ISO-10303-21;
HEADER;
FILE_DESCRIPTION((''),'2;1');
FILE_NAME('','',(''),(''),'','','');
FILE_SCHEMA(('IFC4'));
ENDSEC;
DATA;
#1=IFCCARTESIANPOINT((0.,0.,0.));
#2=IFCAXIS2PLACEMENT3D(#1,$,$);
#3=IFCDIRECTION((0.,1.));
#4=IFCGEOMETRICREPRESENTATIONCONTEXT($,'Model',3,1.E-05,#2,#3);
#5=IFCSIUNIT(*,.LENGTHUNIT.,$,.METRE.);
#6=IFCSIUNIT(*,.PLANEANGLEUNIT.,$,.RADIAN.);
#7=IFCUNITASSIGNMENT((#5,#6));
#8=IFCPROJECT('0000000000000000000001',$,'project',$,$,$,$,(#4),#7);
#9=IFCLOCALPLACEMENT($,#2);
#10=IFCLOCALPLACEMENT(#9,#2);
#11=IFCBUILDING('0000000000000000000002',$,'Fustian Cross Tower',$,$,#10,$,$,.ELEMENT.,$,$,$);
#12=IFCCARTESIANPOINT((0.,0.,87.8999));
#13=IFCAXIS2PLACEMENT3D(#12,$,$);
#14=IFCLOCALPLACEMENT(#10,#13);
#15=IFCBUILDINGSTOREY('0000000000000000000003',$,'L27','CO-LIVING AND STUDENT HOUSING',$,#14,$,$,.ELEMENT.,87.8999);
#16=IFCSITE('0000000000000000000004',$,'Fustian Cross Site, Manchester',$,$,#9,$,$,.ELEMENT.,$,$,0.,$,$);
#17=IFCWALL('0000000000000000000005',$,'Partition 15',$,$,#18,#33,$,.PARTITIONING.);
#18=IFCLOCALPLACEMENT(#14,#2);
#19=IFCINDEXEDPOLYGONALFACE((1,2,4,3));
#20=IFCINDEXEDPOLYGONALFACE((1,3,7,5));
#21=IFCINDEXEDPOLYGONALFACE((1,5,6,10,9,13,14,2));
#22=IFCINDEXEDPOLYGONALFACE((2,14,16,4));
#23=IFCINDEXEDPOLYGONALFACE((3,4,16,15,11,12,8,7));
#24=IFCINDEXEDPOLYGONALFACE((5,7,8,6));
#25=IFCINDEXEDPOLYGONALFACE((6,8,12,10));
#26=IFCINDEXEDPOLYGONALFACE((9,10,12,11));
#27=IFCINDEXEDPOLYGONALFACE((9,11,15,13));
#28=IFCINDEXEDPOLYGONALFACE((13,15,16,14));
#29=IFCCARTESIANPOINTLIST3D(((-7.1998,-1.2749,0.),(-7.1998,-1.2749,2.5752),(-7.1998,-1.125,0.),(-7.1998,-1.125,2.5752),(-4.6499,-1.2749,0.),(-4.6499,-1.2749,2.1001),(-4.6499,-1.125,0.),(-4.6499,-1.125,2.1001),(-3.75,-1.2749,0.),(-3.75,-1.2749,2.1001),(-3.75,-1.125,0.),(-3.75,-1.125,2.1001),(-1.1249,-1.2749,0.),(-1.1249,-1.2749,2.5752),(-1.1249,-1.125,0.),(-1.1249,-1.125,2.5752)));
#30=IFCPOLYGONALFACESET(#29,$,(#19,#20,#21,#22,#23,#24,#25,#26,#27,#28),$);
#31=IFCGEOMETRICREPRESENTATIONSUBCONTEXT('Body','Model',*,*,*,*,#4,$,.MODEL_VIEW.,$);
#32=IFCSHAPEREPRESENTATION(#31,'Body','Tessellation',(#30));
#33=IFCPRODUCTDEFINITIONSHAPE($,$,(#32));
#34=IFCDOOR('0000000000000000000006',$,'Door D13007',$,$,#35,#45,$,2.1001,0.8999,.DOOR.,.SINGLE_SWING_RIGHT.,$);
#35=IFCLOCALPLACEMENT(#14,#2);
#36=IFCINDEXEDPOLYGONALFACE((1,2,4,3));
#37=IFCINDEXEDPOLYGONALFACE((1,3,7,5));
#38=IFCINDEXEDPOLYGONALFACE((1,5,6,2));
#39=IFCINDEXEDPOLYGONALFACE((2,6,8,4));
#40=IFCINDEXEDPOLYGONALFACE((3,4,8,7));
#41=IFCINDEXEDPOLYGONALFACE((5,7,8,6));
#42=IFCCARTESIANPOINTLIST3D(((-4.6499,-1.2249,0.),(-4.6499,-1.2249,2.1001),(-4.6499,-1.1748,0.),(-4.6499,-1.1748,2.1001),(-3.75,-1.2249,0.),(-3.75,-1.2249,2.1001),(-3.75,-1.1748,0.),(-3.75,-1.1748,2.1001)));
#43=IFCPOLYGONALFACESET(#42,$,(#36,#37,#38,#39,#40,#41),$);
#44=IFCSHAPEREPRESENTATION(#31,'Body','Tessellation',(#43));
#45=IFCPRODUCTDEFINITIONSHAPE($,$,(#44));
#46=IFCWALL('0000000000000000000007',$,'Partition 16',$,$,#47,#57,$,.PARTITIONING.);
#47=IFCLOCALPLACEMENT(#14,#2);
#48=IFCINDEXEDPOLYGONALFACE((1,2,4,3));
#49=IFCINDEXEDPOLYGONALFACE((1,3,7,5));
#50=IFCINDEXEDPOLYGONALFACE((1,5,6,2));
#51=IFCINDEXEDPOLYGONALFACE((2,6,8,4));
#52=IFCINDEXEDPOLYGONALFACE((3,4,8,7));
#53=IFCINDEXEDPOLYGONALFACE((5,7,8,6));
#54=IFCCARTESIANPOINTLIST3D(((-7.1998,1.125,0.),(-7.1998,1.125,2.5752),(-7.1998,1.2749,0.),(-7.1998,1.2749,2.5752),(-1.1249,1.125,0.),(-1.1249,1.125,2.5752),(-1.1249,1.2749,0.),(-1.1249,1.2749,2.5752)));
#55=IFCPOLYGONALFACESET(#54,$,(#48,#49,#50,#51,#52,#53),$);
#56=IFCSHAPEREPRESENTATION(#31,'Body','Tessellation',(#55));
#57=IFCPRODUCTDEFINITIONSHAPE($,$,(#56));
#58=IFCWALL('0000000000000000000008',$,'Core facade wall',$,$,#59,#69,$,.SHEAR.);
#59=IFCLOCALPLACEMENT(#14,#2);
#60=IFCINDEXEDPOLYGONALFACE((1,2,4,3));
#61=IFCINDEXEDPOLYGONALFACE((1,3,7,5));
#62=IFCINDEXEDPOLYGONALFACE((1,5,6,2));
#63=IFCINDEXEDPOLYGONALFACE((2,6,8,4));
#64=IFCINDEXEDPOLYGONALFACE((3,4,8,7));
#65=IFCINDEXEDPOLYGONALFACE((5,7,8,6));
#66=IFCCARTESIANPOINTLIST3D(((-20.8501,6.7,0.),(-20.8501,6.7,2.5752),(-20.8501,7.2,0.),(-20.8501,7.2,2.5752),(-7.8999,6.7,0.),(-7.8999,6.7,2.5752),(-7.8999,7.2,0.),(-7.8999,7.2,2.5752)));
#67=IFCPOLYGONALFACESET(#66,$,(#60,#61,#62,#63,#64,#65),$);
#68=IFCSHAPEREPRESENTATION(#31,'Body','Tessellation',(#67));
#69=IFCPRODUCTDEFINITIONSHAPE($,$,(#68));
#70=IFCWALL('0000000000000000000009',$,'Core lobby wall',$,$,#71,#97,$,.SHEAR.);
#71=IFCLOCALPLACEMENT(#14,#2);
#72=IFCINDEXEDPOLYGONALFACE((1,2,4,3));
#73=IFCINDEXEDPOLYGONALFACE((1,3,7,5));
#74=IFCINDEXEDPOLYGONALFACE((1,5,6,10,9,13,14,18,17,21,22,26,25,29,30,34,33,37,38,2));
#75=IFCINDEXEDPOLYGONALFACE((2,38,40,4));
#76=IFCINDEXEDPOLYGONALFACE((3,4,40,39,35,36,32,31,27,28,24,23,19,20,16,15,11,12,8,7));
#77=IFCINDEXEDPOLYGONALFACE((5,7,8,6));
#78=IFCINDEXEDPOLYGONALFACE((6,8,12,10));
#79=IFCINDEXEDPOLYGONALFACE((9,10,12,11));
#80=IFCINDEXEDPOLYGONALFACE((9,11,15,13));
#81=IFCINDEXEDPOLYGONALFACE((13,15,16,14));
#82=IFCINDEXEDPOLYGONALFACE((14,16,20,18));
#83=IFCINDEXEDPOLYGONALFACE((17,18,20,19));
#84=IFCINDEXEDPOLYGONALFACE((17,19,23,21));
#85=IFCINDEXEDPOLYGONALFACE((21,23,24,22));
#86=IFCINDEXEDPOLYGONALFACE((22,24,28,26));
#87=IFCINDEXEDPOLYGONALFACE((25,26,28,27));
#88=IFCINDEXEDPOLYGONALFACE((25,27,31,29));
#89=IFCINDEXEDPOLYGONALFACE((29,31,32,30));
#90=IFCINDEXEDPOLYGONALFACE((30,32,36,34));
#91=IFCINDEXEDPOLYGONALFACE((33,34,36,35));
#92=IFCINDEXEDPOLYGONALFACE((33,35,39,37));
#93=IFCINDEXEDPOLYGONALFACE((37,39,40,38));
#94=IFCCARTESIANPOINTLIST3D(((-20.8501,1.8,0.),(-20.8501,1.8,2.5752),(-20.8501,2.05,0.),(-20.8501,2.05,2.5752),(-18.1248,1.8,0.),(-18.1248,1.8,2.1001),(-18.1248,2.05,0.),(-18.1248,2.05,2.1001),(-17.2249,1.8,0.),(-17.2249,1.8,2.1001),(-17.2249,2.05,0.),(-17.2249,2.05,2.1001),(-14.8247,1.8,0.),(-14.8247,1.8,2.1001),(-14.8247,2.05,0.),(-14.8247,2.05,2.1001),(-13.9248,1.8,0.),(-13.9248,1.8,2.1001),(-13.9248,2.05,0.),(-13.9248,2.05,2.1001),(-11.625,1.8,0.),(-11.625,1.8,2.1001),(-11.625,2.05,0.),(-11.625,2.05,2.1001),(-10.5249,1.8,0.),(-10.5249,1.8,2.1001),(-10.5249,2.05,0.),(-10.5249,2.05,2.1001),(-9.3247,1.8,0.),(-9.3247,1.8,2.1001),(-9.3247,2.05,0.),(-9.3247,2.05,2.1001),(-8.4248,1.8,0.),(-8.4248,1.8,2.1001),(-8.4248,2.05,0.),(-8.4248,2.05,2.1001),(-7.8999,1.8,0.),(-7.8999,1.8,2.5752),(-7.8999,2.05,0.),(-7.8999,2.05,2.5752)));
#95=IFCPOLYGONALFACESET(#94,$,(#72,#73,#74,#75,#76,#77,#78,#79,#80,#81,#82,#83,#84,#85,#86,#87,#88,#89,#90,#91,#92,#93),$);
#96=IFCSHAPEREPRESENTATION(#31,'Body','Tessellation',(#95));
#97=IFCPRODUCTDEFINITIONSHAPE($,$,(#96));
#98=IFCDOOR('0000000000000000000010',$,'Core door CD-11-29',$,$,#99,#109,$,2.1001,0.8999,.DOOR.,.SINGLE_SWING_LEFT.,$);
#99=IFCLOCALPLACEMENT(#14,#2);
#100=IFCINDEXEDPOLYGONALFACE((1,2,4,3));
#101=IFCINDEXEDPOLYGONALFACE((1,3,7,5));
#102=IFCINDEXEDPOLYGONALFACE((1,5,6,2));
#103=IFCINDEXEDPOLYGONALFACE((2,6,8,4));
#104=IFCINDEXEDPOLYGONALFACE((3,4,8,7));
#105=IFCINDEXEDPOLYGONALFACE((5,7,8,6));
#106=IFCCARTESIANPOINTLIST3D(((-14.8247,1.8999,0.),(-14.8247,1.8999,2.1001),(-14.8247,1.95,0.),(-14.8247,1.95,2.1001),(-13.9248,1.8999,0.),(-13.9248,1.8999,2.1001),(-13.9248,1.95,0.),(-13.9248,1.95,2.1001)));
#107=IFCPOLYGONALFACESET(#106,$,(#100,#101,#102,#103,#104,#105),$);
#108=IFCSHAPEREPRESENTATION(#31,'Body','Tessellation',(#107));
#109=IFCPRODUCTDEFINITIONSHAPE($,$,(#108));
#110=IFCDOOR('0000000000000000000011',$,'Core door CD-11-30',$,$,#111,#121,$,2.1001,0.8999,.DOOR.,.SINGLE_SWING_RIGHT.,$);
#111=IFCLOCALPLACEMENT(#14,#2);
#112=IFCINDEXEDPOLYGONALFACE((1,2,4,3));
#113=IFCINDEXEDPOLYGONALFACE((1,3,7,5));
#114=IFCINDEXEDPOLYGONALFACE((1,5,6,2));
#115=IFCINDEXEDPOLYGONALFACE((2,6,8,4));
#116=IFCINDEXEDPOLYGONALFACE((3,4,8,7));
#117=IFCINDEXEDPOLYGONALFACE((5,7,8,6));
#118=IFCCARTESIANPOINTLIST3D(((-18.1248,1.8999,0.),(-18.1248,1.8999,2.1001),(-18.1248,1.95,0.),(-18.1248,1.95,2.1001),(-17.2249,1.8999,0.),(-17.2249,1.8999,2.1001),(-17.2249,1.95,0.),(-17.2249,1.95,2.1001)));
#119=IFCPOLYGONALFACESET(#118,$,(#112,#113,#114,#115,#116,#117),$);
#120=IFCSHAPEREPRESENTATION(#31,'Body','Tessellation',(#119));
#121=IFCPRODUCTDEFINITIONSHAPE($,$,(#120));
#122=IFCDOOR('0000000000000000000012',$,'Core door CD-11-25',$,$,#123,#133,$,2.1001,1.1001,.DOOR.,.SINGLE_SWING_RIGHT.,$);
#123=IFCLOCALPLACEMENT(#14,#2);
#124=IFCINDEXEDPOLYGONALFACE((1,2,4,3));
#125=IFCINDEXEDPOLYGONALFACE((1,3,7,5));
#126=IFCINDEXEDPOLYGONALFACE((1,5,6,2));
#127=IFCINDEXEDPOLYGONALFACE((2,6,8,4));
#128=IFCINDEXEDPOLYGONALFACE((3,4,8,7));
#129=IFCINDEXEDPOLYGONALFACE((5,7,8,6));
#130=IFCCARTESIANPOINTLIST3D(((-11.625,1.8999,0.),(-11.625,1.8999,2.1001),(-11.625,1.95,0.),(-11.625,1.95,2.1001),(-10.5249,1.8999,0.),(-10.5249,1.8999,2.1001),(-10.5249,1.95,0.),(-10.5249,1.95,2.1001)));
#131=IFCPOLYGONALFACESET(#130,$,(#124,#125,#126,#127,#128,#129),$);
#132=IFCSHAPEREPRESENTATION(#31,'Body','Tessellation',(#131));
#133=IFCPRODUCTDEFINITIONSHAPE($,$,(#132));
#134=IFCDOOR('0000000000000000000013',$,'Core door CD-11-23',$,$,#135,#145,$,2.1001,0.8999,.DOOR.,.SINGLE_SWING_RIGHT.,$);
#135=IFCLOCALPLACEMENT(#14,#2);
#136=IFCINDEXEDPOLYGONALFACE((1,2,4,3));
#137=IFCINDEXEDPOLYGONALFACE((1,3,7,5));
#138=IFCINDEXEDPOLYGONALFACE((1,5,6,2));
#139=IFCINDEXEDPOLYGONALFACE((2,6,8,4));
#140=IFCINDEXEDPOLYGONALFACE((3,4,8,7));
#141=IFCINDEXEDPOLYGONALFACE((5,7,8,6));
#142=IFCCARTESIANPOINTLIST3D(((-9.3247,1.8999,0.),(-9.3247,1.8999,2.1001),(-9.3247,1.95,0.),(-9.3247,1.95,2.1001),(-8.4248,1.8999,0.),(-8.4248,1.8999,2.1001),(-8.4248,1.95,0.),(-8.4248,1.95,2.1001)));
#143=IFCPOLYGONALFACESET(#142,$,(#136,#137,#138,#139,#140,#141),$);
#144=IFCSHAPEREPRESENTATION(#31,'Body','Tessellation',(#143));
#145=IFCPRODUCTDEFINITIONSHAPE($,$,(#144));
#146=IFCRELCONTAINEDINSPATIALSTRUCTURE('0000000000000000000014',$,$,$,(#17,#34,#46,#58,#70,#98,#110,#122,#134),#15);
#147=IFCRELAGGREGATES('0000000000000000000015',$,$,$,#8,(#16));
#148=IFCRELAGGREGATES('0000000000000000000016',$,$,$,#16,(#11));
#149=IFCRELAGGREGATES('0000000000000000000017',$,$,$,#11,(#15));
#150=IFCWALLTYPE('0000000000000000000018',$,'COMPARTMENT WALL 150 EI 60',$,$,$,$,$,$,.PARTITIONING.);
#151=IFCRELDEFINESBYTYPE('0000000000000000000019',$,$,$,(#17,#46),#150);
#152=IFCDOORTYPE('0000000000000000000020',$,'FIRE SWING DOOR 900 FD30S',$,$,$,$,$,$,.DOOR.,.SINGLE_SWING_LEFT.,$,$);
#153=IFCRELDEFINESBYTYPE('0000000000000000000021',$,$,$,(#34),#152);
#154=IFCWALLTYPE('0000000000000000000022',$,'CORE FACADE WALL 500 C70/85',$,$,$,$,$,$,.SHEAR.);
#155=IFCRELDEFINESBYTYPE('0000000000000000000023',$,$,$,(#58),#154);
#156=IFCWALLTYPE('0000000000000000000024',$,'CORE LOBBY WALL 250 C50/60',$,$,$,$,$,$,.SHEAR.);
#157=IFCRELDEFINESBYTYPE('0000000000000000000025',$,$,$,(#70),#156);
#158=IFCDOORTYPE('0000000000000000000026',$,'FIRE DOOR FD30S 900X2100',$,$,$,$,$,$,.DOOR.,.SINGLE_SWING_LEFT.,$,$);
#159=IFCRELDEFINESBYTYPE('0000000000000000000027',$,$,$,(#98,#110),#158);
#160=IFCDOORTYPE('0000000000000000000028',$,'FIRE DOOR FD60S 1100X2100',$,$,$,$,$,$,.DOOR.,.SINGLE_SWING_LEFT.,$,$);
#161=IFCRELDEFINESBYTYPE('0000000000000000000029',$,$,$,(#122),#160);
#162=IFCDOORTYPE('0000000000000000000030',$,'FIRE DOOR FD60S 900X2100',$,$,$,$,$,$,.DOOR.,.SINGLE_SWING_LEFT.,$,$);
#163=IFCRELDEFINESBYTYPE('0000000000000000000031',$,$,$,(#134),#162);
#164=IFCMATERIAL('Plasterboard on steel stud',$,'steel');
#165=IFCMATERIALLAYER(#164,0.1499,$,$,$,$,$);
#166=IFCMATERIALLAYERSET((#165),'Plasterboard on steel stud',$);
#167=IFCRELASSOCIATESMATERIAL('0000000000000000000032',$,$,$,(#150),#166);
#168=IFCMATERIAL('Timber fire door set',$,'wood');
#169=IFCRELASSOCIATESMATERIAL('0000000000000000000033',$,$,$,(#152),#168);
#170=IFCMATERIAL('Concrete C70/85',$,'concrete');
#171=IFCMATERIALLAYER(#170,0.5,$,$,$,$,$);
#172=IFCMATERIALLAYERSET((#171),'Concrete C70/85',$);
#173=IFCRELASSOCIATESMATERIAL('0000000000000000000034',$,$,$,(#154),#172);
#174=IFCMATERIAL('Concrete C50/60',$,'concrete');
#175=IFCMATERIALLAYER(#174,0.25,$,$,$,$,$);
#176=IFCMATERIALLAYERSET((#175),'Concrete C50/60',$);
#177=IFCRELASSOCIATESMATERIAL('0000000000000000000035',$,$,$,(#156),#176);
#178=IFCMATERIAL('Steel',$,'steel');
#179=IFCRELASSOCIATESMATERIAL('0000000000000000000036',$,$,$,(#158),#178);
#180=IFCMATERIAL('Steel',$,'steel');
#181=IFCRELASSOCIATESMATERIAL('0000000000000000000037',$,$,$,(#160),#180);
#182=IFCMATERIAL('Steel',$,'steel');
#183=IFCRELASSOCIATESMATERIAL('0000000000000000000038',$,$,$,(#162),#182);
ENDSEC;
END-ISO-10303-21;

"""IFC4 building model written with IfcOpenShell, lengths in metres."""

from ifc_helpers import new_model, si_unit, direction, frame, frame_2d, origin, place, context, subcontext, project, spatial, rectangle, extrude, material, layer, layer_set, type_object, element, fill, save


model = new_model("IFC4")

# Units and contexts
model_context = context("Model", 3, precision=1e-05, world=origin(), true_north=direction((0.0, 1.0)))
body_context = subcontext(model_context, "Body", "Model", "MODEL_VIEW")
ifc_project = project(units=[si_unit("LENGTHUNIT", "METRE"), si_unit("PLANEANGLEUNIT", "RADIAN")], contexts=[model_context])

# Site, building, storey
site_placement = place(None, origin())
site = spatial("IfcSite", under=ifc_project, at=site_placement, Name="Fustian Cross Site, Manchester", CompositionType="ELEMENT", RefElevation=0.0)
building_placement = place(site_placement, origin())
building = spatial("IfcBuilding", under=site, at=building_placement, Name="Fustian Cross Tower", CompositionType="ELEMENT")
storey_placement = place(building_placement, frame((0.0, 0.0, 87.8999)))
storey = spatial("IfcBuildingStorey", under=building, at=storey_placement, Name="L27", Description="CO-LIVING AND STUDENT HOUSING", CompositionType="ELEMENT", Elevation=87.8999)

# Wall, opening, door
ifc_material_1 = material(Name="Plasterboard on steel stud", Category="steel")
ifc_layer_1 = layer(ifc_material_1, 0.1499)
ifc_layer_set_1 = layer_set([ifc_layer_1], Name="Plasterboard on steel stud")
wall_type_1 = type_object("IfcWallType", Name="COMPARTMENT WALL 150 EI 60", PredefinedType="PARTITIONING", material=ifc_layer_set_1)
wall_1_placement = place(storey_placement, frame((-7.2, -1.2, 0.0), z_axis=(0.0, 0.0, 1.0), x_axis=(1.0, 0.0, 0.0)))
wall_1 = element("IfcWall", 1, at=wall_1_placement, inside=storey, type_object=wall_type_1, Name="Partition 15", PredefinedType="PARTITIONING", context=body_context, shape_type="SweptSolid", body=[
    extrude(rectangle(XDim=6.075, YDim=0.1499, at=frame_2d((3.0376, 0.0))), origin(), (0.0, 0.0, 1.0), 2.5752),
])
opening_1_placement = place(wall_1_placement, frame((2.55, 0.0, 0.0)))
opening_1 = element("IfcOpeningElement", 2, at=opening_1_placement, cuts=wall_1, PredefinedType="OPENING", context=body_context, shape_type="SweptSolid", body=[
    extrude(rectangle(XDim=0.8999, YDim=2.1001, at=frame_2d((0.45, 1.05))), frame((0.0, 0.085, 0.0), z_axis=(0.0, -1.0, 0.0), x_axis=(1.0, 0.0, 0.0)), (0.0, 0.0, 1.0), 0.1699),
])
ifc_material_2 = material(Name="Timber fire door set", Category="wood")
door_type_1 = type_object("IfcDoorType", Name="FIRE SWING DOOR 900 FD30S", OperationType="SINGLE_SWING_LEFT", PredefinedType="DOOR", material=ifc_material_2)
door_1_placement = place(opening_1_placement, frame((0.8999, 0.0, 0.0), z_axis=(0.0, 0.0, 1.0), x_axis=(-1.0, 0.0, 0.0)))
door_1 = element("IfcDoor", 3, at=door_1_placement, inside=storey, type_object=door_type_1, Name="Door D13007", OperationType="SINGLE_SWING_RIGHT", OverallHeight=2.1001, OverallWidth=0.8999, PredefinedType="DOOR", context=body_context, shape_type="SweptSolid", body=[
    extrude(rectangle(XDim=0.8999, YDim=2.1001, at=frame_2d((0.45, 1.05))), frame((0.0, 0.0249, 0.0), z_axis=(0.0, -1.0, 0.0), x_axis=(1.0, 0.0, 0.0)), (0.0, 0.0, 1.0), 0.05),
])
fill(opening_1, door_1)

# Walls
wall_2_placement = place(storey_placement, frame((-7.2, 1.2, 0.0), z_axis=(0.0, 0.0, 1.0), x_axis=(1.0, 0.0, 0.0)))
element("IfcWall", 4, at=wall_2_placement, inside=storey, type_object=wall_type_1, Name="Partition 16", PredefinedType="PARTITIONING", context=body_context, shape_type="SweptSolid", body=[
    extrude(rectangle(XDim=6.075, YDim=0.1499, at=frame_2d((3.0376, 0.0))), origin(), (0.0, 0.0, 1.0), 2.5752),
])
ifc_material_3 = material(Name="Concrete C70/85", Category="concrete")
ifc_layer_2 = layer(ifc_material_3, 0.5)
ifc_layer_set_2 = layer_set([ifc_layer_2], Name="Concrete C70/85")
wall_type_2 = type_object("IfcWallType", Name="CORE FACADE WALL 500 C70/85", PredefinedType="SHEAR", material=ifc_layer_set_2)
wall_3_placement = place(storey_placement, frame((-7.8999, 6.95, 0.0), z_axis=(0.0, 0.0, 1.0), x_axis=(-1.0, 0.0, 0.0)))
element("IfcWall", 5, at=wall_3_placement, inside=storey, type_object=wall_type_2, Name="Core facade wall", PredefinedType="SHEAR", context=body_context, shape_type="SweptSolid", body=[
    extrude(rectangle(XDim=12.9502, YDim=0.5, at=frame_2d((6.4751, 0.0))), origin(), (0.0, 0.0, 1.0), 2.5752),
])

# Wall, openings, doors
ifc_material_4 = material(Name="Concrete C50/60", Category="concrete")
ifc_layer_3 = layer(ifc_material_4, 0.25)
ifc_layer_set_3 = layer_set([ifc_layer_3], Name="Concrete C50/60")
wall_type_3 = type_object("IfcWallType", Name="CORE LOBBY WALL 250 C50/60", PredefinedType="SHEAR", material=ifc_layer_set_3)
wall_4_placement = place(storey_placement, frame((-7.8999, 1.925, 0.0), z_axis=(0.0, 0.0, 1.0), x_axis=(-1.0, 0.0, 0.0)))
wall_4 = element("IfcWall", 6, at=wall_4_placement, inside=storey, type_object=wall_type_3, Name="Core lobby wall", PredefinedType="SHEAR", context=body_context, shape_type="SweptSolid", body=[
    extrude(rectangle(XDim=12.9502, YDim=0.25, at=frame_2d((6.4751, 0.0))), origin(), (0.0, 0.0, 1.0), 2.5752),
])
opening_2_placement = place(wall_4_placement, frame((0.5249, 0.0, 0.0)))
opening_2 = element("IfcOpeningElement", 7, at=opening_2_placement, cuts=wall_4, PredefinedType="OPENING", context=body_context, shape_type="SweptSolid", body=[
    extrude(rectangle(XDim=0.8999, YDim=2.1001, at=frame_2d((0.45, 1.05))), frame((0.0, 0.135, 0.0), z_axis=(0.0, -1.0, 0.0), x_axis=(1.0, 0.0, 0.0)), (0.0, 0.0, 1.0), 0.27),
])
opening_3_placement = place(wall_4_placement, frame((2.625, 0.0, 0.0)))
opening_3 = element("IfcOpeningElement", 8, at=opening_3_placement, cuts=wall_4, PredefinedType="OPENING", context=body_context, shape_type="SweptSolid", body=[
    extrude(rectangle(XDim=1.1001, YDim=2.1001, at=frame_2d((0.55, 1.05))), frame((0.0, 0.135, 0.0), z_axis=(0.0, -1.0, 0.0), x_axis=(1.0, 0.0, 0.0)), (0.0, 0.0, 1.0), 0.27),
])
opening_4_placement = place(wall_4_placement, frame((6.0249, 0.0, 0.0)))
opening_4 = element("IfcOpeningElement", 9, at=opening_4_placement, cuts=wall_4, PredefinedType="OPENING", context=body_context, shape_type="SweptSolid", body=[
    extrude(rectangle(XDim=0.8999, YDim=2.1001, at=frame_2d((0.45, 1.05))), frame((0.0, 0.135, 0.0), z_axis=(0.0, -1.0, 0.0), x_axis=(1.0, 0.0, 0.0)), (0.0, 0.0, 1.0), 0.27),
])
opening_5_placement = place(wall_4_placement, frame((9.325, 0.0, 0.0)))
opening_5 = element("IfcOpeningElement", 10, at=opening_5_placement, cuts=wall_4, PredefinedType="OPENING", context=body_context, shape_type="SweptSolid", body=[
    extrude(rectangle(XDim=0.8999, YDim=2.1001, at=frame_2d((0.45, 1.05))), frame((0.0, 0.135, 0.0), z_axis=(0.0, -1.0, 0.0), x_axis=(1.0, 0.0, 0.0)), (0.0, 0.0, 1.0), 0.27),
])
ifc_material_5 = material(Name="Steel", Category="steel")
door_type_2 = type_object("IfcDoorType", Name="FIRE DOOR FD30S 900X2100", OperationType="SINGLE_SWING_LEFT", PredefinedType="DOOR", material=ifc_material_5)
door_2_placement = place(opening_4_placement, frame((0.8999, 0.0, 0.0), z_axis=(0.0, 0.0, 1.0), x_axis=(-1.0, 0.0, 0.0)))
door_2 = element("IfcDoor", 11, at=door_2_placement, inside=storey, type_object=door_type_2, Name="Core door CD-11-29", OperationType="SINGLE_SWING_LEFT", OverallHeight=2.1001, OverallWidth=0.8999, PredefinedType="DOOR", context=body_context, shape_type="SweptSolid", body=[
    extrude(rectangle(XDim=0.8999, YDim=2.1001, at=frame_2d((0.45, 1.05))), frame((0.0, 0.0249, 0.0), z_axis=(0.0, -1.0, 0.0), x_axis=(1.0, 0.0, 0.0)), (0.0, 0.0, 1.0), 0.05),
])
fill(opening_4, door_2)
door_3_placement = place(opening_5_placement, frame((0.8999, 0.0, 0.0), z_axis=(0.0, 0.0, 1.0), x_axis=(-1.0, 0.0, 0.0)))
door_3 = element("IfcDoor", 12, at=door_3_placement, inside=storey, type_object=door_type_2, Name="Core door CD-11-30", OperationType="SINGLE_SWING_RIGHT", OverallHeight=2.1001, OverallWidth=0.8999, PredefinedType="DOOR", context=body_context, shape_type="SweptSolid", body=[
    extrude(rectangle(XDim=0.8999, YDim=2.1001, at=frame_2d((0.45, 1.05))), frame((0.0, 0.0249, 0.0), z_axis=(0.0, -1.0, 0.0), x_axis=(1.0, 0.0, 0.0)), (0.0, 0.0, 1.0), 0.05),
])
fill(opening_5, door_3)
ifc_material_6 = material(Name="Steel", Category="steel")
door_type_3 = type_object("IfcDoorType", Name="FIRE DOOR FD60S 1100X2100", OperationType="SINGLE_SWING_LEFT", PredefinedType="DOOR", material=ifc_material_6)
door_4_placement = place(opening_3_placement, frame((1.1001, 0.0, 0.0), z_axis=(0.0, 0.0, 1.0), x_axis=(-1.0, 0.0, 0.0)))
door_4 = element("IfcDoor", 13, at=door_4_placement, inside=storey, type_object=door_type_3, Name="Core door CD-11-25", OperationType="SINGLE_SWING_RIGHT", OverallHeight=2.1001, OverallWidth=1.1001, PredefinedType="DOOR", context=body_context, shape_type="SweptSolid", body=[
    extrude(rectangle(XDim=1.1001, YDim=2.1001, at=frame_2d((0.55, 1.05))), frame((0.0, 0.0249, 0.0), z_axis=(0.0, -1.0, 0.0), x_axis=(1.0, 0.0, 0.0)), (0.0, 0.0, 1.0), 0.05),
])
fill(opening_3, door_4)
ifc_material_7 = material(Name="Steel", Category="steel")
door_type_4 = type_object("IfcDoorType", Name="FIRE DOOR FD60S 900X2100", OperationType="SINGLE_SWING_LEFT", PredefinedType="DOOR", material=ifc_material_7)
door_5_placement = place(opening_2_placement, frame((0.8999, 0.0, 0.0), z_axis=(0.0, 0.0, 1.0), x_axis=(-1.0, 0.0, 0.0)))
door_5 = element("IfcDoor", 14, at=door_5_placement, inside=storey, type_object=door_type_4, Name="Core door CD-11-23", OperationType="SINGLE_SWING_RIGHT", OverallHeight=2.1001, OverallWidth=0.8999, PredefinedType="DOOR", context=body_context, shape_type="SweptSolid", body=[
    extrude(rectangle(XDim=0.8999, YDim=2.1001, at=frame_2d((0.45, 1.05))), frame((0.0, 0.0249, 0.0), z_axis=(0.0, -1.0, 0.0), x_axis=(1.0, 0.0, 0.0)), (0.0, 0.0, 1.0), 0.05),
])
fill(opening_2, door_5)

save(model, "model.ifc")
